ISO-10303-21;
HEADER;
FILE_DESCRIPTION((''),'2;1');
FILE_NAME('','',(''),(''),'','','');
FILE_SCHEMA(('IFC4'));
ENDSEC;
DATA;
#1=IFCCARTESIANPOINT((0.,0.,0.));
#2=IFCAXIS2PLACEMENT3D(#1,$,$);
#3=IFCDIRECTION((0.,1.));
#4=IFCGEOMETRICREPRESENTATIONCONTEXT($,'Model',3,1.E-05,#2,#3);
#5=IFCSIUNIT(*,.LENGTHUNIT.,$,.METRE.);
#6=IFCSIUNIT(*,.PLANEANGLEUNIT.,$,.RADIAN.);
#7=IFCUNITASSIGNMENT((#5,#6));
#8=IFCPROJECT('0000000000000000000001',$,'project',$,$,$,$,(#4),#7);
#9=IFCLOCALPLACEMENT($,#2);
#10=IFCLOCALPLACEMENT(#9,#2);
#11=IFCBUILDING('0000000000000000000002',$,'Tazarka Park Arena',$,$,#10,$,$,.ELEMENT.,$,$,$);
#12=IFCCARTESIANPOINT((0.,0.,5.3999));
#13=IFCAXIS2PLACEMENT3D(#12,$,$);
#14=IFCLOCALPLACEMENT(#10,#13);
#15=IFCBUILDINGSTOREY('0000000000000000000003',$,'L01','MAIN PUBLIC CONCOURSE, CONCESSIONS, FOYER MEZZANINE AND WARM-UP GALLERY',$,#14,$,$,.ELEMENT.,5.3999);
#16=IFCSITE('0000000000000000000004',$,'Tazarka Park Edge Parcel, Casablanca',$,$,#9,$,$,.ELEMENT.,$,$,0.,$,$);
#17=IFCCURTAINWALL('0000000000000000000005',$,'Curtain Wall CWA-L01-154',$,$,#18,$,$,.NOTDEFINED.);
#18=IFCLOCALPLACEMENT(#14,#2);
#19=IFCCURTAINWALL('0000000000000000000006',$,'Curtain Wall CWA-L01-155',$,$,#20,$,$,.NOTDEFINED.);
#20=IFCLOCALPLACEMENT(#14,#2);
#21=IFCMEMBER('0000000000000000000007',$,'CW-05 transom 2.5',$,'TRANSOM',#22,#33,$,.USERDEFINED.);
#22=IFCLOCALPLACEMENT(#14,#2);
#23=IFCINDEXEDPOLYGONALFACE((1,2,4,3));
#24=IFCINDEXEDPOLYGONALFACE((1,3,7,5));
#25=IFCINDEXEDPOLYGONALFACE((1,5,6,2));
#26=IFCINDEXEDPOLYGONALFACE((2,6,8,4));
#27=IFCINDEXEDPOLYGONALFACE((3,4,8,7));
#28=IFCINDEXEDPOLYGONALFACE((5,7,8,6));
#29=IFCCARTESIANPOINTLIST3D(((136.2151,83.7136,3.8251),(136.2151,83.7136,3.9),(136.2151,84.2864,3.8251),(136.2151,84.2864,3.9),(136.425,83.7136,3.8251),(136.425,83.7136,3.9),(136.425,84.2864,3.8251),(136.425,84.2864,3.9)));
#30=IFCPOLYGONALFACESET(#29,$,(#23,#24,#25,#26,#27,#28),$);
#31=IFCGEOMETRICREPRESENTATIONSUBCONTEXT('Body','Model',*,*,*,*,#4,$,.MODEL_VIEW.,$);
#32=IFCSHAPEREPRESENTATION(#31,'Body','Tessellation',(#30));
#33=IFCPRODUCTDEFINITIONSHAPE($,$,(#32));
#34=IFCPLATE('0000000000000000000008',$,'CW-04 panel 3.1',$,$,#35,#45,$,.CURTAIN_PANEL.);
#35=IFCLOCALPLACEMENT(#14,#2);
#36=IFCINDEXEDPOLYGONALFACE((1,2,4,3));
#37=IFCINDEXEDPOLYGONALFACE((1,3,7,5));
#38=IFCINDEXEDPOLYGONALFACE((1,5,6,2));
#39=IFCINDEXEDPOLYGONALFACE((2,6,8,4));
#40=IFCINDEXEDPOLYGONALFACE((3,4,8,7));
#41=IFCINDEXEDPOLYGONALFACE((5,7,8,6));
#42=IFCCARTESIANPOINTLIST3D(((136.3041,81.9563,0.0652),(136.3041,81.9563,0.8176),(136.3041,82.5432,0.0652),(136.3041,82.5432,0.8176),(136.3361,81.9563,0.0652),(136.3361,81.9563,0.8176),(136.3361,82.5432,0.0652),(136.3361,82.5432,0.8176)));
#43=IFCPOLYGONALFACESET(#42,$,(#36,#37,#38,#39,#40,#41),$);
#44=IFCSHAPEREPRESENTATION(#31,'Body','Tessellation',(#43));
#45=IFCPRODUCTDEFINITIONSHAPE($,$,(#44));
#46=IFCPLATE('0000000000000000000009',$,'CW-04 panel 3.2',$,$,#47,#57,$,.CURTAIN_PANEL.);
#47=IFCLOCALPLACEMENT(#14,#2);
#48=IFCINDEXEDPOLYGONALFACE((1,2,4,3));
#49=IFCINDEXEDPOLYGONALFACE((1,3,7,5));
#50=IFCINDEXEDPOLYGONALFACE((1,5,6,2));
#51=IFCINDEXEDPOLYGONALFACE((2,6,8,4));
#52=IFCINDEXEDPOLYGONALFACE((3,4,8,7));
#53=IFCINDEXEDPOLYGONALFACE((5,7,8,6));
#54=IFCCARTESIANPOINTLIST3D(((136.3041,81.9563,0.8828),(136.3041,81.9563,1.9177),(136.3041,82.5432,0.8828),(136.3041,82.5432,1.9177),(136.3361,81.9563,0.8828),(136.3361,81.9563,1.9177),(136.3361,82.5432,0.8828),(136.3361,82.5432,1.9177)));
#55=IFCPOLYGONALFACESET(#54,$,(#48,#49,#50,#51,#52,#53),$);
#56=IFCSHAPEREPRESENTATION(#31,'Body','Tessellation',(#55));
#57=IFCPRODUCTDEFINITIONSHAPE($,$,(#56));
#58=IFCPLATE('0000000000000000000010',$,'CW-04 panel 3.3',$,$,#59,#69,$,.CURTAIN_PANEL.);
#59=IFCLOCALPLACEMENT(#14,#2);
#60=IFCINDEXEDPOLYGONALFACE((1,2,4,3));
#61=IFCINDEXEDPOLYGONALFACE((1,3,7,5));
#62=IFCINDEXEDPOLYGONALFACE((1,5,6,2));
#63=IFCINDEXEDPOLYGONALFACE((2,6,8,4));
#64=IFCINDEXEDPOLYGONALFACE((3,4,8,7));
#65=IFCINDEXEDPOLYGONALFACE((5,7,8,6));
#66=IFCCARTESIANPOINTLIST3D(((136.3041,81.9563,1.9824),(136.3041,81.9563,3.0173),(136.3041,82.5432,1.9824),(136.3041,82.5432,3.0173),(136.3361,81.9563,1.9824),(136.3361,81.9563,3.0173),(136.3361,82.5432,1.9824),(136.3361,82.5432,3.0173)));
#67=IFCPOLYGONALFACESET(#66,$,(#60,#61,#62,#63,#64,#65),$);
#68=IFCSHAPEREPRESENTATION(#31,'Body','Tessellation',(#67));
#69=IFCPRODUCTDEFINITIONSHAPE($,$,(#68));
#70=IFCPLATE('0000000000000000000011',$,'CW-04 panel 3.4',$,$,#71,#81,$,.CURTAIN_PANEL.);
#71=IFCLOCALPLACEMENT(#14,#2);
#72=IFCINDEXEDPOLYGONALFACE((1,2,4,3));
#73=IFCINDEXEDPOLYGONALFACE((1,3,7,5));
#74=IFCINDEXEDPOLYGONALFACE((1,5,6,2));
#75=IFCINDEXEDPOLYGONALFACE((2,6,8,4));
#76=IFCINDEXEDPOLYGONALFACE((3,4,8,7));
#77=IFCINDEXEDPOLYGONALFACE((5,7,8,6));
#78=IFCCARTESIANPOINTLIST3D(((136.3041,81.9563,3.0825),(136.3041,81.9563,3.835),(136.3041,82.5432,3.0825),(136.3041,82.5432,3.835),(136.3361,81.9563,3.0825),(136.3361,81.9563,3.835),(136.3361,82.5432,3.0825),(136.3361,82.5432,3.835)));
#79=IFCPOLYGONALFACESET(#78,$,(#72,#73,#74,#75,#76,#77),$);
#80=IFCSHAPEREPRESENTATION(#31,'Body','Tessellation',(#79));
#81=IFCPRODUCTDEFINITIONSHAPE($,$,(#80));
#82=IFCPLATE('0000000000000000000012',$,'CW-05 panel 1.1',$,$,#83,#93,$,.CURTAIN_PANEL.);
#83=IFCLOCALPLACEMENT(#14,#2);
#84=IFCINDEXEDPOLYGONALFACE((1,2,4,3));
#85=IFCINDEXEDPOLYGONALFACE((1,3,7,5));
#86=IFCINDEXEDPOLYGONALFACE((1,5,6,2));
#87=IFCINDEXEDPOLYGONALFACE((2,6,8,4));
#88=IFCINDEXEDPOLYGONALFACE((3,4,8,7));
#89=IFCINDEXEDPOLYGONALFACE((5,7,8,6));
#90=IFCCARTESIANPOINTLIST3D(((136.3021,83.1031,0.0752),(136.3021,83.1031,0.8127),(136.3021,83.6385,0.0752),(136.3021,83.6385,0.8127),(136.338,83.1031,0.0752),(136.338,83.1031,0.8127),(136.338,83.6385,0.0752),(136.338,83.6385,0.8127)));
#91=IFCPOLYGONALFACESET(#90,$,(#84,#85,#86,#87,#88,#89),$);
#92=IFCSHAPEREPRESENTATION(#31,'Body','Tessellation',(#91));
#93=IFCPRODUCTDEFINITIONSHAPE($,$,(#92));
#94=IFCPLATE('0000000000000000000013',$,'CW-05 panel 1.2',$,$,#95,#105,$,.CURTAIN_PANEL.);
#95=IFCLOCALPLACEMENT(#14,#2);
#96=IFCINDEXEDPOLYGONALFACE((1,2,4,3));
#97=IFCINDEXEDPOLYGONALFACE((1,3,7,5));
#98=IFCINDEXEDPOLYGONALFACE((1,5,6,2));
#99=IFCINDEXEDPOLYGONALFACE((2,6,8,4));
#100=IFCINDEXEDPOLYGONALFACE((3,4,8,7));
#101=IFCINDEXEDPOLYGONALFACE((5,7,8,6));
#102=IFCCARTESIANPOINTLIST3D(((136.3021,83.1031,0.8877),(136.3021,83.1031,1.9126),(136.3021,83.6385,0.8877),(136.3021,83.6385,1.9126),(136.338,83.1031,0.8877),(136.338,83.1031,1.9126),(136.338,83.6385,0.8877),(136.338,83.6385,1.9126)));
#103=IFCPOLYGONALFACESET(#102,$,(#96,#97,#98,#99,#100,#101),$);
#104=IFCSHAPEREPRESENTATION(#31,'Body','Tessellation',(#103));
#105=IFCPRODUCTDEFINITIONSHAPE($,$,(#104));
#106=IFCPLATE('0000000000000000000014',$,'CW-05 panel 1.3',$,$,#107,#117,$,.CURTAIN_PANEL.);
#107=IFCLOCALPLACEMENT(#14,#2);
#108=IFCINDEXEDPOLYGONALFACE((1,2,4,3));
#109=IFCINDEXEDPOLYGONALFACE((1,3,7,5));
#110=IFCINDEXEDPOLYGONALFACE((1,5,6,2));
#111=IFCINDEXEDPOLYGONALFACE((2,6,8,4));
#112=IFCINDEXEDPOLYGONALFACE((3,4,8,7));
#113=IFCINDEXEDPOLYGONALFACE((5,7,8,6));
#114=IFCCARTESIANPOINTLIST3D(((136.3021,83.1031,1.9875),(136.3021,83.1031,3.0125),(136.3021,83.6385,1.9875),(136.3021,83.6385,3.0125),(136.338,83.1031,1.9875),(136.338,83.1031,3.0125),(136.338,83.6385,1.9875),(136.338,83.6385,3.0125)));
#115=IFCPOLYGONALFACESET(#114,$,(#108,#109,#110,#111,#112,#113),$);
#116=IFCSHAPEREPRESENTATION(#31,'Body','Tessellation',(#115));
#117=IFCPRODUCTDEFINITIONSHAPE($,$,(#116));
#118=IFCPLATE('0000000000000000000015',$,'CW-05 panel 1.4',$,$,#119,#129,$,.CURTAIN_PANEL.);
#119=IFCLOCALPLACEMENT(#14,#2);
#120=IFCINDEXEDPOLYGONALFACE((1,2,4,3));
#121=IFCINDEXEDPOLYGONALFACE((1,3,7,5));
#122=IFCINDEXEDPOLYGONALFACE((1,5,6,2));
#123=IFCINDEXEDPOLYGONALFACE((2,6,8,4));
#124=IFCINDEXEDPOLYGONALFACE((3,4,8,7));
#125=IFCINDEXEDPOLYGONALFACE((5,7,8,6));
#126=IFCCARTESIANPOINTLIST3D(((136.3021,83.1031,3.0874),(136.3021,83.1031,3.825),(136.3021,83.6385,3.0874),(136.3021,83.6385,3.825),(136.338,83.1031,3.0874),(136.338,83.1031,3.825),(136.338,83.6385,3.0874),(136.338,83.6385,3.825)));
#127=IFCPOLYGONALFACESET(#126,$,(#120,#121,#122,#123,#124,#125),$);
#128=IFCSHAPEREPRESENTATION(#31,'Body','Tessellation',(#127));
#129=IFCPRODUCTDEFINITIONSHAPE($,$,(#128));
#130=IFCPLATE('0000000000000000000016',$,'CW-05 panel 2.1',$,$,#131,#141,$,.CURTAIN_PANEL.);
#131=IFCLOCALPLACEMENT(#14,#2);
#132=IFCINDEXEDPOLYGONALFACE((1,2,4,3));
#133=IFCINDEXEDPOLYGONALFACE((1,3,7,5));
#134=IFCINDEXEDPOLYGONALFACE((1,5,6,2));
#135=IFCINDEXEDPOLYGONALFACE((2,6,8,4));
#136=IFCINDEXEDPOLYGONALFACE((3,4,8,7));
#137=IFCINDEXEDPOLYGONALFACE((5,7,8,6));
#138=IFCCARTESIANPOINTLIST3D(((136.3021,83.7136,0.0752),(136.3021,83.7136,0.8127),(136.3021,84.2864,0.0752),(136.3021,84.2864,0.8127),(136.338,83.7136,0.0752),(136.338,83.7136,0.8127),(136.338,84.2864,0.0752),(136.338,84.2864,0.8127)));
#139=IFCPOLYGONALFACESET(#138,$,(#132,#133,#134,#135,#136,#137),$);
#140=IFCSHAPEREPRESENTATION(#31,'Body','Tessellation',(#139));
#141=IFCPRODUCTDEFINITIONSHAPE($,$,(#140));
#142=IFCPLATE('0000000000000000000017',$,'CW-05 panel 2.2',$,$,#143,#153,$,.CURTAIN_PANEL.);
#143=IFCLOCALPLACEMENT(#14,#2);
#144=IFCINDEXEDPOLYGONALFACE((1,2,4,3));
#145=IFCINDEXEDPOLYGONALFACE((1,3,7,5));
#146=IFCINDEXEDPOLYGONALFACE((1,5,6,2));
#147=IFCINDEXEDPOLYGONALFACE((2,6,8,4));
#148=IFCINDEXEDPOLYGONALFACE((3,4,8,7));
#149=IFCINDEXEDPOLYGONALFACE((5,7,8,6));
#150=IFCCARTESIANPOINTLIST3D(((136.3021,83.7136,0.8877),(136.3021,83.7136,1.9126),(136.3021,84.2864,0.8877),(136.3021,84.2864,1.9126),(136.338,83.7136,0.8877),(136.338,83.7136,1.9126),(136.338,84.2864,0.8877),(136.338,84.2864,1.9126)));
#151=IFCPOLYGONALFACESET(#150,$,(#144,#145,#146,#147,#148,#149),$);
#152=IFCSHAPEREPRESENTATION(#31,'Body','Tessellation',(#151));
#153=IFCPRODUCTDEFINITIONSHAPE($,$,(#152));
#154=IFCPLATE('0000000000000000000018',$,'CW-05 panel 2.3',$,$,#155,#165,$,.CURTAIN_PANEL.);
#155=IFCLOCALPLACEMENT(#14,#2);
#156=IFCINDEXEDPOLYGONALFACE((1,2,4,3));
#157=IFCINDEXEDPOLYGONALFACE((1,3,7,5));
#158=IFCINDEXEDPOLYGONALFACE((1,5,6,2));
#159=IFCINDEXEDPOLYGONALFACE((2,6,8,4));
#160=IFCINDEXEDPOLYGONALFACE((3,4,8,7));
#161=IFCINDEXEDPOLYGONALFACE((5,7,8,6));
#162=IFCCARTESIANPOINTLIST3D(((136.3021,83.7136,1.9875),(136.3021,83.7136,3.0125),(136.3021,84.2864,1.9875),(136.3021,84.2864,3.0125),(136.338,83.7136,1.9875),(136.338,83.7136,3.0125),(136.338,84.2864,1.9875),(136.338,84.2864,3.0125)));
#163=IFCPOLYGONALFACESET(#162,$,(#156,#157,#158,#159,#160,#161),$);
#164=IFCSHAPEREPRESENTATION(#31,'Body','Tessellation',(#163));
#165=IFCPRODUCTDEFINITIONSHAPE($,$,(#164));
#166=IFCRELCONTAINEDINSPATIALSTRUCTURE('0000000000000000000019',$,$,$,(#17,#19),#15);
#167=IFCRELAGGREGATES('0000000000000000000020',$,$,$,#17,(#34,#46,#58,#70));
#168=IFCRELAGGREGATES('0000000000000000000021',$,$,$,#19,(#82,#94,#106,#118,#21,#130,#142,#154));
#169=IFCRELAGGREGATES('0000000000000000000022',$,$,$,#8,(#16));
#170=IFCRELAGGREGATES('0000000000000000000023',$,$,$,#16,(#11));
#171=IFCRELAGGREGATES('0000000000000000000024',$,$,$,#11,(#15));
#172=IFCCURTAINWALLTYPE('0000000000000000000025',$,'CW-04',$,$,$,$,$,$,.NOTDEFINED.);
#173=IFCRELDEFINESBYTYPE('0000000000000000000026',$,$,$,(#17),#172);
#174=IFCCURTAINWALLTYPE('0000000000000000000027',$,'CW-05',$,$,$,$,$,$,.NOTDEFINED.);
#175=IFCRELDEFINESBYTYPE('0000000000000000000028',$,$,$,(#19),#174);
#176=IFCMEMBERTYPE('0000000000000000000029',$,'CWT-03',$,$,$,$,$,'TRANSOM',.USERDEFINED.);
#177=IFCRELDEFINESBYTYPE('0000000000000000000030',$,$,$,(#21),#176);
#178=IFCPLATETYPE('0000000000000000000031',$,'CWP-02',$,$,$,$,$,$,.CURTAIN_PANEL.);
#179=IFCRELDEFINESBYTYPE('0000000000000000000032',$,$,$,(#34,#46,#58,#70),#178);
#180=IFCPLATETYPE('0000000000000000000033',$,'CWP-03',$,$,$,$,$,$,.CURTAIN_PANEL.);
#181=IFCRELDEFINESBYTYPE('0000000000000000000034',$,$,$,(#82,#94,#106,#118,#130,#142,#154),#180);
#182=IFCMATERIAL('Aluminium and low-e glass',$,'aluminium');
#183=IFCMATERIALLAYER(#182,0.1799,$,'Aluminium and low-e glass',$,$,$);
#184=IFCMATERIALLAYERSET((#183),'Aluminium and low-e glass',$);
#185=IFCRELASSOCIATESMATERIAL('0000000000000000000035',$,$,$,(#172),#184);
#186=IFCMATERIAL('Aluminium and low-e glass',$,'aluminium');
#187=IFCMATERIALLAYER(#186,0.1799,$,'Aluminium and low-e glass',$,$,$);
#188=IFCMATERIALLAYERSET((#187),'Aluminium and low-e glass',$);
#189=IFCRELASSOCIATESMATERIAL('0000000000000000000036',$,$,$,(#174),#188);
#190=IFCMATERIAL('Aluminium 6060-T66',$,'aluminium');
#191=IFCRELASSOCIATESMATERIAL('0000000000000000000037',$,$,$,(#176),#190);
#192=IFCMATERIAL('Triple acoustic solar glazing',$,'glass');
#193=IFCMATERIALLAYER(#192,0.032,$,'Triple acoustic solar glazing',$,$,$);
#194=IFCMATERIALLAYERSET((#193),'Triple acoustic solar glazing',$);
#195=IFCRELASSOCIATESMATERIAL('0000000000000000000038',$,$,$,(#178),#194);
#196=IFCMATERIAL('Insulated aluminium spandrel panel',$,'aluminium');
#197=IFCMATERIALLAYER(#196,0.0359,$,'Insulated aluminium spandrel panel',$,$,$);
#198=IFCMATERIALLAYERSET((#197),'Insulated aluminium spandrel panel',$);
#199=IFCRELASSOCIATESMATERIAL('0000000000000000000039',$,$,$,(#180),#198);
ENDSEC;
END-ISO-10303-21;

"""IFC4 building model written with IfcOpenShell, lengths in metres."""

from ifc_helpers import new_model, si_unit, direction, frame, origin, origin_2d, place, context, subcontext, project, spatial, rectangle, extrude, material, layer, layer_set, material_profile, profile_set, type_object, element, aggregate, save


model = new_model("IFC4")

# Units and contexts
model_context = context("Model", 3, precision=1e-05, world=origin(), true_north=direction((0.0, 1.0)))
body_context = subcontext(model_context, "Body", "Model", "MODEL_VIEW")
ifc_project = project(units=[si_unit("LENGTHUNIT", "METRE"), si_unit("PLANEANGLEUNIT", "RADIAN")], contexts=[model_context])

# Site, building, storey
site_placement = place(None, origin())
site = spatial("IfcSite", under=ifc_project, at=site_placement, Name="Tazarka Park Edge Parcel, Casablanca", CompositionType="ELEMENT", RefElevation=0.0)
building_placement = place(site_placement, origin())
building = spatial("IfcBuilding", under=site, at=building_placement, Name="Tazarka Park Arena", CompositionType="ELEMENT")
storey_placement = place(building_placement, frame((0.0, 0.0, 5.3999)))
storey = spatial("IfcBuildingStorey", under=building, at=storey_placement, Name="L01", Description="MAIN PUBLIC CONCOURSE, CONCESSIONS, FOYER MEZZANINE AND WARM-UP GALLERY", CompositionType="ELEMENT", Elevation=5.3999)

# Curtain wall
ifc_material_1 = material(Name="Aluminium and low-e glass", Category="aluminium")
ifc_layer_1 = layer(ifc_material_1, 0.1799, Name="Aluminium and low-e glass")
ifc_layer_set_1 = layer_set([ifc_layer_1], Name="Aluminium and low-e glass")
curtain_wall_type_1 = type_object("IfcCurtainWallType", Name="CW-04", PredefinedType="NOTDEFINED", material=ifc_layer_set_1)
curtain_wall_1_placement = place(storey_placement, origin())
curtain_wall_1 = element("IfcCurtainWall", 1, at=curtain_wall_1_placement, inside=storey, type_object=curtain_wall_type_1, Name="Curtain Wall CWA-L01-154", PredefinedType="NOTDEFINED")

# Curtain wall
ifc_material_2 = material(Name="Aluminium and low-e glass", Category="aluminium")
ifc_layer_2 = layer(ifc_material_2, 0.1799, Name="Aluminium and low-e glass")
ifc_layer_set_2 = layer_set([ifc_layer_2], Name="Aluminium and low-e glass")
curtain_wall_type_2 = type_object("IfcCurtainWallType", Name="CW-05", PredefinedType="NOTDEFINED", material=ifc_layer_set_2)
curtain_wall_2_placement = place(storey_placement, origin())
curtain_wall_2 = element("IfcCurtainWall", 2, at=curtain_wall_2_placement, inside=storey, type_object=curtain_wall_type_2, Name="Curtain Wall CWA-L01-155", PredefinedType="NOTDEFINED")

# Member
ifc_material_3 = material(Name="Aluminium 6060-T66", Category="aluminium")
ifc_material_profile_1 = material_profile(ifc_material_3, rectangle(XDim=0.21, YDim=0.075, at=origin_2d()), Name="Aluminium 6060-T66")
ifc_profile_set_1 = profile_set([ifc_material_profile_1], Name="Aluminium 6060-T66")
member_type_1 = type_object("IfcMemberType", Name="CWT-03", ElementType="TRANSOM", PredefinedType="USERDEFINED", material=ifc_profile_set_1)
member_1_placement = place(storey_placement, frame((136.3201, 83.7136, 3.8625), z_axis=(0.0, 1.0, 0.0), x_axis=(-1.0, 0.0, 0.0)))
member_1 = element("IfcMember", 3, at=member_1_placement, type_object=member_type_1, Name="CW-05 transom 2.5", ObjectType="TRANSOM", PredefinedType="USERDEFINED", context=body_context, shape_type="SweptSolid", body=[
    extrude(rectangle(XDim=0.21, YDim=0.075, at=origin_2d()), origin(), (0.0, 0.0, 1.0), 0.5728),
])

# Plates
ifc_material_4 = material(Name="Triple acoustic solar glazing", Category="glass")
ifc_layer_3 = layer(ifc_material_4, 0.032, Name="Triple acoustic solar glazing")
ifc_layer_set_3 = layer_set([ifc_layer_3], Name="Triple acoustic solar glazing")
plate_type_1 = type_object("IfcPlateType", Name="CWP-02", PredefinedType="CURTAIN_PANEL", material=ifc_layer_set_3)
plate_1_placement = place(storey_placement, frame((136.3201, 82.2498, 0.0652), z_axis=(0.0, 0.0, 1.0), x_axis=(0.0, 1.0, 0.0)))
plate_1 = element("IfcPlate", 4, at=plate_1_placement, type_object=plate_type_1, Name="CW-04 panel 3.1", PredefinedType="CURTAIN_PANEL", context=body_context, shape_type="SweptSolid", body=[
    extrude(rectangle(XDim=0.5869, YDim=0.032, at=origin_2d()), origin(), (0.0, 0.0, 1.0), 0.7524),
])
plate_2_placement = place(storey_placement, frame((136.3201, 82.2498, 0.8828), z_axis=(0.0, 0.0, 1.0), x_axis=(0.0, 1.0, 0.0)))
plate_2 = element("IfcPlate", 5, at=plate_2_placement, type_object=plate_type_1, Name="CW-04 panel 3.2", PredefinedType="CURTAIN_PANEL", context=body_context, shape_type="SweptSolid", body=[
    extrude(rectangle(XDim=0.5869, YDim=0.032, at=origin_2d()), origin(), (0.0, 0.0, 1.0), 1.0349),
])
plate_3_placement = place(storey_placement, frame((136.3201, 82.2498, 1.9824), z_axis=(0.0, 0.0, 1.0), x_axis=(0.0, 1.0, 0.0)))
plate_3 = element("IfcPlate", 6, at=plate_3_placement, type_object=plate_type_1, Name="CW-04 panel 3.3", PredefinedType="CURTAIN_PANEL", context=body_context, shape_type="SweptSolid", body=[
    extrude(rectangle(XDim=0.5869, YDim=0.032, at=origin_2d()), origin(), (0.0, 0.0, 1.0), 1.0349),
])
plate_4_placement = place(storey_placement, frame((136.3201, 82.2498, 3.0825), z_axis=(0.0, 0.0, 1.0), x_axis=(0.0, 1.0, 0.0)))
plate_4 = element("IfcPlate", 7, at=plate_4_placement, type_object=plate_type_1, Name="CW-04 panel 3.4", PredefinedType="CURTAIN_PANEL", context=body_context, shape_type="SweptSolid", body=[
    extrude(rectangle(XDim=0.5869, YDim=0.032, at=origin_2d()), origin(), (0.0, 0.0, 1.0), 0.7524),
])
aggregate(curtain_wall_1, [plate_1, plate_2, plate_3, plate_4])
ifc_material_5 = material(Name="Insulated aluminium spandrel panel", Category="aluminium")
ifc_layer_4 = layer(ifc_material_5, 0.0359, Name="Insulated aluminium spandrel panel")
ifc_layer_set_4 = layer_set([ifc_layer_4], Name="Insulated aluminium spandrel panel")
plate_type_2 = type_object("IfcPlateType", Name="CWP-03", PredefinedType="CURTAIN_PANEL", material=ifc_layer_set_4)
plate_5_placement = place(storey_placement, frame((136.3201, 83.3708, 0.0752), z_axis=(0.0, 0.0, 1.0), x_axis=(0.0, 1.0, 0.0)))
plate_5 = element("IfcPlate", 8, at=plate_5_placement, type_object=plate_type_2, Name="CW-05 panel 1.1", PredefinedType="CURTAIN_PANEL", context=body_context, shape_type="SweptSolid", body=[
    extrude(rectangle(XDim=0.5354, YDim=0.0359, at=origin_2d()), origin(), (0.0, 0.0, 1.0), 0.7375),
])
plate_6_placement = place(storey_placement, frame((136.3201, 83.3708, 0.8877), z_axis=(0.0, 0.0, 1.0), x_axis=(0.0, 1.0, 0.0)))
plate_6 = element("IfcPlate", 9, at=plate_6_placement, type_object=plate_type_2, Name="CW-05 panel 1.2", PredefinedType="CURTAIN_PANEL", context=body_context, shape_type="SweptSolid", body=[
    extrude(rectangle(XDim=0.5354, YDim=0.0359, at=origin_2d()), origin(), (0.0, 0.0, 1.0), 1.0249),
])
plate_7_placement = place(storey_placement, frame((136.3201, 83.3708, 1.9875), z_axis=(0.0, 0.0, 1.0), x_axis=(0.0, 1.0, 0.0)))
plate_7 = element("IfcPlate", 10, at=plate_7_placement, type_object=plate_type_2, Name="CW-05 panel 1.3", PredefinedType="CURTAIN_PANEL", context=body_context, shape_type="SweptSolid", body=[
    extrude(rectangle(XDim=0.5354, YDim=0.0359, at=origin_2d()), origin(), (0.0, 0.0, 1.0), 1.0249),
])
plate_8_placement = place(storey_placement, frame((136.3201, 83.3708, 3.0874), z_axis=(0.0, 0.0, 1.0), x_axis=(0.0, 1.0, 0.0)))
plate_8 = element("IfcPlate", 11, at=plate_8_placement, type_object=plate_type_2, Name="CW-05 panel 1.4", PredefinedType="CURTAIN_PANEL", context=body_context, shape_type="SweptSolid", body=[
    extrude(rectangle(XDim=0.5354, YDim=0.0359, at=origin_2d()), origin(), (0.0, 0.0, 1.0), 0.7375),
])
plate_9_placement = place(storey_placement, frame((136.3201, 84.0, 0.0752), z_axis=(0.0, 0.0, 1.0), x_axis=(0.0, 1.0, 0.0)))
plate_9 = element("IfcPlate", 12, at=plate_9_placement, type_object=plate_type_2, Name="CW-05 panel 2.1", PredefinedType="CURTAIN_PANEL", context=body_context, shape_type="SweptSolid", body=[
    extrude(rectangle(XDim=0.5728, YDim=0.0359, at=origin_2d()), origin(), (0.0, 0.0, 1.0), 0.7375),
])
plate_10_placement = place(storey_placement, frame((136.3201, 84.0, 0.8877), z_axis=(0.0, 0.0, 1.0), x_axis=(0.0, 1.0, 0.0)))
plate_10 = element("IfcPlate", 13, at=plate_10_placement, type_object=plate_type_2, Name="CW-05 panel 2.2", PredefinedType="CURTAIN_PANEL", context=body_context, shape_type="SweptSolid", body=[
    extrude(rectangle(XDim=0.5728, YDim=0.0359, at=origin_2d()), origin(), (0.0, 0.0, 1.0), 1.0249),
])
plate_11_placement = place(storey_placement, frame((136.3201, 84.0, 1.9875), z_axis=(0.0, 0.0, 1.0), x_axis=(0.0, 1.0, 0.0)))
plate_11 = element("IfcPlate", 14, at=plate_11_placement, type_object=plate_type_2, Name="CW-05 panel 2.3", PredefinedType="CURTAIN_PANEL", context=body_context, shape_type="SweptSolid", body=[
    extrude(rectangle(XDim=0.5728, YDim=0.0359, at=origin_2d()), origin(), (0.0, 0.0, 1.0), 1.0249),
])
aggregate(curtain_wall_2, [plate_5, plate_6, plate_7, plate_8, member_1, plate_9, plate_10, plate_11])

save(model, "model.ifc")
